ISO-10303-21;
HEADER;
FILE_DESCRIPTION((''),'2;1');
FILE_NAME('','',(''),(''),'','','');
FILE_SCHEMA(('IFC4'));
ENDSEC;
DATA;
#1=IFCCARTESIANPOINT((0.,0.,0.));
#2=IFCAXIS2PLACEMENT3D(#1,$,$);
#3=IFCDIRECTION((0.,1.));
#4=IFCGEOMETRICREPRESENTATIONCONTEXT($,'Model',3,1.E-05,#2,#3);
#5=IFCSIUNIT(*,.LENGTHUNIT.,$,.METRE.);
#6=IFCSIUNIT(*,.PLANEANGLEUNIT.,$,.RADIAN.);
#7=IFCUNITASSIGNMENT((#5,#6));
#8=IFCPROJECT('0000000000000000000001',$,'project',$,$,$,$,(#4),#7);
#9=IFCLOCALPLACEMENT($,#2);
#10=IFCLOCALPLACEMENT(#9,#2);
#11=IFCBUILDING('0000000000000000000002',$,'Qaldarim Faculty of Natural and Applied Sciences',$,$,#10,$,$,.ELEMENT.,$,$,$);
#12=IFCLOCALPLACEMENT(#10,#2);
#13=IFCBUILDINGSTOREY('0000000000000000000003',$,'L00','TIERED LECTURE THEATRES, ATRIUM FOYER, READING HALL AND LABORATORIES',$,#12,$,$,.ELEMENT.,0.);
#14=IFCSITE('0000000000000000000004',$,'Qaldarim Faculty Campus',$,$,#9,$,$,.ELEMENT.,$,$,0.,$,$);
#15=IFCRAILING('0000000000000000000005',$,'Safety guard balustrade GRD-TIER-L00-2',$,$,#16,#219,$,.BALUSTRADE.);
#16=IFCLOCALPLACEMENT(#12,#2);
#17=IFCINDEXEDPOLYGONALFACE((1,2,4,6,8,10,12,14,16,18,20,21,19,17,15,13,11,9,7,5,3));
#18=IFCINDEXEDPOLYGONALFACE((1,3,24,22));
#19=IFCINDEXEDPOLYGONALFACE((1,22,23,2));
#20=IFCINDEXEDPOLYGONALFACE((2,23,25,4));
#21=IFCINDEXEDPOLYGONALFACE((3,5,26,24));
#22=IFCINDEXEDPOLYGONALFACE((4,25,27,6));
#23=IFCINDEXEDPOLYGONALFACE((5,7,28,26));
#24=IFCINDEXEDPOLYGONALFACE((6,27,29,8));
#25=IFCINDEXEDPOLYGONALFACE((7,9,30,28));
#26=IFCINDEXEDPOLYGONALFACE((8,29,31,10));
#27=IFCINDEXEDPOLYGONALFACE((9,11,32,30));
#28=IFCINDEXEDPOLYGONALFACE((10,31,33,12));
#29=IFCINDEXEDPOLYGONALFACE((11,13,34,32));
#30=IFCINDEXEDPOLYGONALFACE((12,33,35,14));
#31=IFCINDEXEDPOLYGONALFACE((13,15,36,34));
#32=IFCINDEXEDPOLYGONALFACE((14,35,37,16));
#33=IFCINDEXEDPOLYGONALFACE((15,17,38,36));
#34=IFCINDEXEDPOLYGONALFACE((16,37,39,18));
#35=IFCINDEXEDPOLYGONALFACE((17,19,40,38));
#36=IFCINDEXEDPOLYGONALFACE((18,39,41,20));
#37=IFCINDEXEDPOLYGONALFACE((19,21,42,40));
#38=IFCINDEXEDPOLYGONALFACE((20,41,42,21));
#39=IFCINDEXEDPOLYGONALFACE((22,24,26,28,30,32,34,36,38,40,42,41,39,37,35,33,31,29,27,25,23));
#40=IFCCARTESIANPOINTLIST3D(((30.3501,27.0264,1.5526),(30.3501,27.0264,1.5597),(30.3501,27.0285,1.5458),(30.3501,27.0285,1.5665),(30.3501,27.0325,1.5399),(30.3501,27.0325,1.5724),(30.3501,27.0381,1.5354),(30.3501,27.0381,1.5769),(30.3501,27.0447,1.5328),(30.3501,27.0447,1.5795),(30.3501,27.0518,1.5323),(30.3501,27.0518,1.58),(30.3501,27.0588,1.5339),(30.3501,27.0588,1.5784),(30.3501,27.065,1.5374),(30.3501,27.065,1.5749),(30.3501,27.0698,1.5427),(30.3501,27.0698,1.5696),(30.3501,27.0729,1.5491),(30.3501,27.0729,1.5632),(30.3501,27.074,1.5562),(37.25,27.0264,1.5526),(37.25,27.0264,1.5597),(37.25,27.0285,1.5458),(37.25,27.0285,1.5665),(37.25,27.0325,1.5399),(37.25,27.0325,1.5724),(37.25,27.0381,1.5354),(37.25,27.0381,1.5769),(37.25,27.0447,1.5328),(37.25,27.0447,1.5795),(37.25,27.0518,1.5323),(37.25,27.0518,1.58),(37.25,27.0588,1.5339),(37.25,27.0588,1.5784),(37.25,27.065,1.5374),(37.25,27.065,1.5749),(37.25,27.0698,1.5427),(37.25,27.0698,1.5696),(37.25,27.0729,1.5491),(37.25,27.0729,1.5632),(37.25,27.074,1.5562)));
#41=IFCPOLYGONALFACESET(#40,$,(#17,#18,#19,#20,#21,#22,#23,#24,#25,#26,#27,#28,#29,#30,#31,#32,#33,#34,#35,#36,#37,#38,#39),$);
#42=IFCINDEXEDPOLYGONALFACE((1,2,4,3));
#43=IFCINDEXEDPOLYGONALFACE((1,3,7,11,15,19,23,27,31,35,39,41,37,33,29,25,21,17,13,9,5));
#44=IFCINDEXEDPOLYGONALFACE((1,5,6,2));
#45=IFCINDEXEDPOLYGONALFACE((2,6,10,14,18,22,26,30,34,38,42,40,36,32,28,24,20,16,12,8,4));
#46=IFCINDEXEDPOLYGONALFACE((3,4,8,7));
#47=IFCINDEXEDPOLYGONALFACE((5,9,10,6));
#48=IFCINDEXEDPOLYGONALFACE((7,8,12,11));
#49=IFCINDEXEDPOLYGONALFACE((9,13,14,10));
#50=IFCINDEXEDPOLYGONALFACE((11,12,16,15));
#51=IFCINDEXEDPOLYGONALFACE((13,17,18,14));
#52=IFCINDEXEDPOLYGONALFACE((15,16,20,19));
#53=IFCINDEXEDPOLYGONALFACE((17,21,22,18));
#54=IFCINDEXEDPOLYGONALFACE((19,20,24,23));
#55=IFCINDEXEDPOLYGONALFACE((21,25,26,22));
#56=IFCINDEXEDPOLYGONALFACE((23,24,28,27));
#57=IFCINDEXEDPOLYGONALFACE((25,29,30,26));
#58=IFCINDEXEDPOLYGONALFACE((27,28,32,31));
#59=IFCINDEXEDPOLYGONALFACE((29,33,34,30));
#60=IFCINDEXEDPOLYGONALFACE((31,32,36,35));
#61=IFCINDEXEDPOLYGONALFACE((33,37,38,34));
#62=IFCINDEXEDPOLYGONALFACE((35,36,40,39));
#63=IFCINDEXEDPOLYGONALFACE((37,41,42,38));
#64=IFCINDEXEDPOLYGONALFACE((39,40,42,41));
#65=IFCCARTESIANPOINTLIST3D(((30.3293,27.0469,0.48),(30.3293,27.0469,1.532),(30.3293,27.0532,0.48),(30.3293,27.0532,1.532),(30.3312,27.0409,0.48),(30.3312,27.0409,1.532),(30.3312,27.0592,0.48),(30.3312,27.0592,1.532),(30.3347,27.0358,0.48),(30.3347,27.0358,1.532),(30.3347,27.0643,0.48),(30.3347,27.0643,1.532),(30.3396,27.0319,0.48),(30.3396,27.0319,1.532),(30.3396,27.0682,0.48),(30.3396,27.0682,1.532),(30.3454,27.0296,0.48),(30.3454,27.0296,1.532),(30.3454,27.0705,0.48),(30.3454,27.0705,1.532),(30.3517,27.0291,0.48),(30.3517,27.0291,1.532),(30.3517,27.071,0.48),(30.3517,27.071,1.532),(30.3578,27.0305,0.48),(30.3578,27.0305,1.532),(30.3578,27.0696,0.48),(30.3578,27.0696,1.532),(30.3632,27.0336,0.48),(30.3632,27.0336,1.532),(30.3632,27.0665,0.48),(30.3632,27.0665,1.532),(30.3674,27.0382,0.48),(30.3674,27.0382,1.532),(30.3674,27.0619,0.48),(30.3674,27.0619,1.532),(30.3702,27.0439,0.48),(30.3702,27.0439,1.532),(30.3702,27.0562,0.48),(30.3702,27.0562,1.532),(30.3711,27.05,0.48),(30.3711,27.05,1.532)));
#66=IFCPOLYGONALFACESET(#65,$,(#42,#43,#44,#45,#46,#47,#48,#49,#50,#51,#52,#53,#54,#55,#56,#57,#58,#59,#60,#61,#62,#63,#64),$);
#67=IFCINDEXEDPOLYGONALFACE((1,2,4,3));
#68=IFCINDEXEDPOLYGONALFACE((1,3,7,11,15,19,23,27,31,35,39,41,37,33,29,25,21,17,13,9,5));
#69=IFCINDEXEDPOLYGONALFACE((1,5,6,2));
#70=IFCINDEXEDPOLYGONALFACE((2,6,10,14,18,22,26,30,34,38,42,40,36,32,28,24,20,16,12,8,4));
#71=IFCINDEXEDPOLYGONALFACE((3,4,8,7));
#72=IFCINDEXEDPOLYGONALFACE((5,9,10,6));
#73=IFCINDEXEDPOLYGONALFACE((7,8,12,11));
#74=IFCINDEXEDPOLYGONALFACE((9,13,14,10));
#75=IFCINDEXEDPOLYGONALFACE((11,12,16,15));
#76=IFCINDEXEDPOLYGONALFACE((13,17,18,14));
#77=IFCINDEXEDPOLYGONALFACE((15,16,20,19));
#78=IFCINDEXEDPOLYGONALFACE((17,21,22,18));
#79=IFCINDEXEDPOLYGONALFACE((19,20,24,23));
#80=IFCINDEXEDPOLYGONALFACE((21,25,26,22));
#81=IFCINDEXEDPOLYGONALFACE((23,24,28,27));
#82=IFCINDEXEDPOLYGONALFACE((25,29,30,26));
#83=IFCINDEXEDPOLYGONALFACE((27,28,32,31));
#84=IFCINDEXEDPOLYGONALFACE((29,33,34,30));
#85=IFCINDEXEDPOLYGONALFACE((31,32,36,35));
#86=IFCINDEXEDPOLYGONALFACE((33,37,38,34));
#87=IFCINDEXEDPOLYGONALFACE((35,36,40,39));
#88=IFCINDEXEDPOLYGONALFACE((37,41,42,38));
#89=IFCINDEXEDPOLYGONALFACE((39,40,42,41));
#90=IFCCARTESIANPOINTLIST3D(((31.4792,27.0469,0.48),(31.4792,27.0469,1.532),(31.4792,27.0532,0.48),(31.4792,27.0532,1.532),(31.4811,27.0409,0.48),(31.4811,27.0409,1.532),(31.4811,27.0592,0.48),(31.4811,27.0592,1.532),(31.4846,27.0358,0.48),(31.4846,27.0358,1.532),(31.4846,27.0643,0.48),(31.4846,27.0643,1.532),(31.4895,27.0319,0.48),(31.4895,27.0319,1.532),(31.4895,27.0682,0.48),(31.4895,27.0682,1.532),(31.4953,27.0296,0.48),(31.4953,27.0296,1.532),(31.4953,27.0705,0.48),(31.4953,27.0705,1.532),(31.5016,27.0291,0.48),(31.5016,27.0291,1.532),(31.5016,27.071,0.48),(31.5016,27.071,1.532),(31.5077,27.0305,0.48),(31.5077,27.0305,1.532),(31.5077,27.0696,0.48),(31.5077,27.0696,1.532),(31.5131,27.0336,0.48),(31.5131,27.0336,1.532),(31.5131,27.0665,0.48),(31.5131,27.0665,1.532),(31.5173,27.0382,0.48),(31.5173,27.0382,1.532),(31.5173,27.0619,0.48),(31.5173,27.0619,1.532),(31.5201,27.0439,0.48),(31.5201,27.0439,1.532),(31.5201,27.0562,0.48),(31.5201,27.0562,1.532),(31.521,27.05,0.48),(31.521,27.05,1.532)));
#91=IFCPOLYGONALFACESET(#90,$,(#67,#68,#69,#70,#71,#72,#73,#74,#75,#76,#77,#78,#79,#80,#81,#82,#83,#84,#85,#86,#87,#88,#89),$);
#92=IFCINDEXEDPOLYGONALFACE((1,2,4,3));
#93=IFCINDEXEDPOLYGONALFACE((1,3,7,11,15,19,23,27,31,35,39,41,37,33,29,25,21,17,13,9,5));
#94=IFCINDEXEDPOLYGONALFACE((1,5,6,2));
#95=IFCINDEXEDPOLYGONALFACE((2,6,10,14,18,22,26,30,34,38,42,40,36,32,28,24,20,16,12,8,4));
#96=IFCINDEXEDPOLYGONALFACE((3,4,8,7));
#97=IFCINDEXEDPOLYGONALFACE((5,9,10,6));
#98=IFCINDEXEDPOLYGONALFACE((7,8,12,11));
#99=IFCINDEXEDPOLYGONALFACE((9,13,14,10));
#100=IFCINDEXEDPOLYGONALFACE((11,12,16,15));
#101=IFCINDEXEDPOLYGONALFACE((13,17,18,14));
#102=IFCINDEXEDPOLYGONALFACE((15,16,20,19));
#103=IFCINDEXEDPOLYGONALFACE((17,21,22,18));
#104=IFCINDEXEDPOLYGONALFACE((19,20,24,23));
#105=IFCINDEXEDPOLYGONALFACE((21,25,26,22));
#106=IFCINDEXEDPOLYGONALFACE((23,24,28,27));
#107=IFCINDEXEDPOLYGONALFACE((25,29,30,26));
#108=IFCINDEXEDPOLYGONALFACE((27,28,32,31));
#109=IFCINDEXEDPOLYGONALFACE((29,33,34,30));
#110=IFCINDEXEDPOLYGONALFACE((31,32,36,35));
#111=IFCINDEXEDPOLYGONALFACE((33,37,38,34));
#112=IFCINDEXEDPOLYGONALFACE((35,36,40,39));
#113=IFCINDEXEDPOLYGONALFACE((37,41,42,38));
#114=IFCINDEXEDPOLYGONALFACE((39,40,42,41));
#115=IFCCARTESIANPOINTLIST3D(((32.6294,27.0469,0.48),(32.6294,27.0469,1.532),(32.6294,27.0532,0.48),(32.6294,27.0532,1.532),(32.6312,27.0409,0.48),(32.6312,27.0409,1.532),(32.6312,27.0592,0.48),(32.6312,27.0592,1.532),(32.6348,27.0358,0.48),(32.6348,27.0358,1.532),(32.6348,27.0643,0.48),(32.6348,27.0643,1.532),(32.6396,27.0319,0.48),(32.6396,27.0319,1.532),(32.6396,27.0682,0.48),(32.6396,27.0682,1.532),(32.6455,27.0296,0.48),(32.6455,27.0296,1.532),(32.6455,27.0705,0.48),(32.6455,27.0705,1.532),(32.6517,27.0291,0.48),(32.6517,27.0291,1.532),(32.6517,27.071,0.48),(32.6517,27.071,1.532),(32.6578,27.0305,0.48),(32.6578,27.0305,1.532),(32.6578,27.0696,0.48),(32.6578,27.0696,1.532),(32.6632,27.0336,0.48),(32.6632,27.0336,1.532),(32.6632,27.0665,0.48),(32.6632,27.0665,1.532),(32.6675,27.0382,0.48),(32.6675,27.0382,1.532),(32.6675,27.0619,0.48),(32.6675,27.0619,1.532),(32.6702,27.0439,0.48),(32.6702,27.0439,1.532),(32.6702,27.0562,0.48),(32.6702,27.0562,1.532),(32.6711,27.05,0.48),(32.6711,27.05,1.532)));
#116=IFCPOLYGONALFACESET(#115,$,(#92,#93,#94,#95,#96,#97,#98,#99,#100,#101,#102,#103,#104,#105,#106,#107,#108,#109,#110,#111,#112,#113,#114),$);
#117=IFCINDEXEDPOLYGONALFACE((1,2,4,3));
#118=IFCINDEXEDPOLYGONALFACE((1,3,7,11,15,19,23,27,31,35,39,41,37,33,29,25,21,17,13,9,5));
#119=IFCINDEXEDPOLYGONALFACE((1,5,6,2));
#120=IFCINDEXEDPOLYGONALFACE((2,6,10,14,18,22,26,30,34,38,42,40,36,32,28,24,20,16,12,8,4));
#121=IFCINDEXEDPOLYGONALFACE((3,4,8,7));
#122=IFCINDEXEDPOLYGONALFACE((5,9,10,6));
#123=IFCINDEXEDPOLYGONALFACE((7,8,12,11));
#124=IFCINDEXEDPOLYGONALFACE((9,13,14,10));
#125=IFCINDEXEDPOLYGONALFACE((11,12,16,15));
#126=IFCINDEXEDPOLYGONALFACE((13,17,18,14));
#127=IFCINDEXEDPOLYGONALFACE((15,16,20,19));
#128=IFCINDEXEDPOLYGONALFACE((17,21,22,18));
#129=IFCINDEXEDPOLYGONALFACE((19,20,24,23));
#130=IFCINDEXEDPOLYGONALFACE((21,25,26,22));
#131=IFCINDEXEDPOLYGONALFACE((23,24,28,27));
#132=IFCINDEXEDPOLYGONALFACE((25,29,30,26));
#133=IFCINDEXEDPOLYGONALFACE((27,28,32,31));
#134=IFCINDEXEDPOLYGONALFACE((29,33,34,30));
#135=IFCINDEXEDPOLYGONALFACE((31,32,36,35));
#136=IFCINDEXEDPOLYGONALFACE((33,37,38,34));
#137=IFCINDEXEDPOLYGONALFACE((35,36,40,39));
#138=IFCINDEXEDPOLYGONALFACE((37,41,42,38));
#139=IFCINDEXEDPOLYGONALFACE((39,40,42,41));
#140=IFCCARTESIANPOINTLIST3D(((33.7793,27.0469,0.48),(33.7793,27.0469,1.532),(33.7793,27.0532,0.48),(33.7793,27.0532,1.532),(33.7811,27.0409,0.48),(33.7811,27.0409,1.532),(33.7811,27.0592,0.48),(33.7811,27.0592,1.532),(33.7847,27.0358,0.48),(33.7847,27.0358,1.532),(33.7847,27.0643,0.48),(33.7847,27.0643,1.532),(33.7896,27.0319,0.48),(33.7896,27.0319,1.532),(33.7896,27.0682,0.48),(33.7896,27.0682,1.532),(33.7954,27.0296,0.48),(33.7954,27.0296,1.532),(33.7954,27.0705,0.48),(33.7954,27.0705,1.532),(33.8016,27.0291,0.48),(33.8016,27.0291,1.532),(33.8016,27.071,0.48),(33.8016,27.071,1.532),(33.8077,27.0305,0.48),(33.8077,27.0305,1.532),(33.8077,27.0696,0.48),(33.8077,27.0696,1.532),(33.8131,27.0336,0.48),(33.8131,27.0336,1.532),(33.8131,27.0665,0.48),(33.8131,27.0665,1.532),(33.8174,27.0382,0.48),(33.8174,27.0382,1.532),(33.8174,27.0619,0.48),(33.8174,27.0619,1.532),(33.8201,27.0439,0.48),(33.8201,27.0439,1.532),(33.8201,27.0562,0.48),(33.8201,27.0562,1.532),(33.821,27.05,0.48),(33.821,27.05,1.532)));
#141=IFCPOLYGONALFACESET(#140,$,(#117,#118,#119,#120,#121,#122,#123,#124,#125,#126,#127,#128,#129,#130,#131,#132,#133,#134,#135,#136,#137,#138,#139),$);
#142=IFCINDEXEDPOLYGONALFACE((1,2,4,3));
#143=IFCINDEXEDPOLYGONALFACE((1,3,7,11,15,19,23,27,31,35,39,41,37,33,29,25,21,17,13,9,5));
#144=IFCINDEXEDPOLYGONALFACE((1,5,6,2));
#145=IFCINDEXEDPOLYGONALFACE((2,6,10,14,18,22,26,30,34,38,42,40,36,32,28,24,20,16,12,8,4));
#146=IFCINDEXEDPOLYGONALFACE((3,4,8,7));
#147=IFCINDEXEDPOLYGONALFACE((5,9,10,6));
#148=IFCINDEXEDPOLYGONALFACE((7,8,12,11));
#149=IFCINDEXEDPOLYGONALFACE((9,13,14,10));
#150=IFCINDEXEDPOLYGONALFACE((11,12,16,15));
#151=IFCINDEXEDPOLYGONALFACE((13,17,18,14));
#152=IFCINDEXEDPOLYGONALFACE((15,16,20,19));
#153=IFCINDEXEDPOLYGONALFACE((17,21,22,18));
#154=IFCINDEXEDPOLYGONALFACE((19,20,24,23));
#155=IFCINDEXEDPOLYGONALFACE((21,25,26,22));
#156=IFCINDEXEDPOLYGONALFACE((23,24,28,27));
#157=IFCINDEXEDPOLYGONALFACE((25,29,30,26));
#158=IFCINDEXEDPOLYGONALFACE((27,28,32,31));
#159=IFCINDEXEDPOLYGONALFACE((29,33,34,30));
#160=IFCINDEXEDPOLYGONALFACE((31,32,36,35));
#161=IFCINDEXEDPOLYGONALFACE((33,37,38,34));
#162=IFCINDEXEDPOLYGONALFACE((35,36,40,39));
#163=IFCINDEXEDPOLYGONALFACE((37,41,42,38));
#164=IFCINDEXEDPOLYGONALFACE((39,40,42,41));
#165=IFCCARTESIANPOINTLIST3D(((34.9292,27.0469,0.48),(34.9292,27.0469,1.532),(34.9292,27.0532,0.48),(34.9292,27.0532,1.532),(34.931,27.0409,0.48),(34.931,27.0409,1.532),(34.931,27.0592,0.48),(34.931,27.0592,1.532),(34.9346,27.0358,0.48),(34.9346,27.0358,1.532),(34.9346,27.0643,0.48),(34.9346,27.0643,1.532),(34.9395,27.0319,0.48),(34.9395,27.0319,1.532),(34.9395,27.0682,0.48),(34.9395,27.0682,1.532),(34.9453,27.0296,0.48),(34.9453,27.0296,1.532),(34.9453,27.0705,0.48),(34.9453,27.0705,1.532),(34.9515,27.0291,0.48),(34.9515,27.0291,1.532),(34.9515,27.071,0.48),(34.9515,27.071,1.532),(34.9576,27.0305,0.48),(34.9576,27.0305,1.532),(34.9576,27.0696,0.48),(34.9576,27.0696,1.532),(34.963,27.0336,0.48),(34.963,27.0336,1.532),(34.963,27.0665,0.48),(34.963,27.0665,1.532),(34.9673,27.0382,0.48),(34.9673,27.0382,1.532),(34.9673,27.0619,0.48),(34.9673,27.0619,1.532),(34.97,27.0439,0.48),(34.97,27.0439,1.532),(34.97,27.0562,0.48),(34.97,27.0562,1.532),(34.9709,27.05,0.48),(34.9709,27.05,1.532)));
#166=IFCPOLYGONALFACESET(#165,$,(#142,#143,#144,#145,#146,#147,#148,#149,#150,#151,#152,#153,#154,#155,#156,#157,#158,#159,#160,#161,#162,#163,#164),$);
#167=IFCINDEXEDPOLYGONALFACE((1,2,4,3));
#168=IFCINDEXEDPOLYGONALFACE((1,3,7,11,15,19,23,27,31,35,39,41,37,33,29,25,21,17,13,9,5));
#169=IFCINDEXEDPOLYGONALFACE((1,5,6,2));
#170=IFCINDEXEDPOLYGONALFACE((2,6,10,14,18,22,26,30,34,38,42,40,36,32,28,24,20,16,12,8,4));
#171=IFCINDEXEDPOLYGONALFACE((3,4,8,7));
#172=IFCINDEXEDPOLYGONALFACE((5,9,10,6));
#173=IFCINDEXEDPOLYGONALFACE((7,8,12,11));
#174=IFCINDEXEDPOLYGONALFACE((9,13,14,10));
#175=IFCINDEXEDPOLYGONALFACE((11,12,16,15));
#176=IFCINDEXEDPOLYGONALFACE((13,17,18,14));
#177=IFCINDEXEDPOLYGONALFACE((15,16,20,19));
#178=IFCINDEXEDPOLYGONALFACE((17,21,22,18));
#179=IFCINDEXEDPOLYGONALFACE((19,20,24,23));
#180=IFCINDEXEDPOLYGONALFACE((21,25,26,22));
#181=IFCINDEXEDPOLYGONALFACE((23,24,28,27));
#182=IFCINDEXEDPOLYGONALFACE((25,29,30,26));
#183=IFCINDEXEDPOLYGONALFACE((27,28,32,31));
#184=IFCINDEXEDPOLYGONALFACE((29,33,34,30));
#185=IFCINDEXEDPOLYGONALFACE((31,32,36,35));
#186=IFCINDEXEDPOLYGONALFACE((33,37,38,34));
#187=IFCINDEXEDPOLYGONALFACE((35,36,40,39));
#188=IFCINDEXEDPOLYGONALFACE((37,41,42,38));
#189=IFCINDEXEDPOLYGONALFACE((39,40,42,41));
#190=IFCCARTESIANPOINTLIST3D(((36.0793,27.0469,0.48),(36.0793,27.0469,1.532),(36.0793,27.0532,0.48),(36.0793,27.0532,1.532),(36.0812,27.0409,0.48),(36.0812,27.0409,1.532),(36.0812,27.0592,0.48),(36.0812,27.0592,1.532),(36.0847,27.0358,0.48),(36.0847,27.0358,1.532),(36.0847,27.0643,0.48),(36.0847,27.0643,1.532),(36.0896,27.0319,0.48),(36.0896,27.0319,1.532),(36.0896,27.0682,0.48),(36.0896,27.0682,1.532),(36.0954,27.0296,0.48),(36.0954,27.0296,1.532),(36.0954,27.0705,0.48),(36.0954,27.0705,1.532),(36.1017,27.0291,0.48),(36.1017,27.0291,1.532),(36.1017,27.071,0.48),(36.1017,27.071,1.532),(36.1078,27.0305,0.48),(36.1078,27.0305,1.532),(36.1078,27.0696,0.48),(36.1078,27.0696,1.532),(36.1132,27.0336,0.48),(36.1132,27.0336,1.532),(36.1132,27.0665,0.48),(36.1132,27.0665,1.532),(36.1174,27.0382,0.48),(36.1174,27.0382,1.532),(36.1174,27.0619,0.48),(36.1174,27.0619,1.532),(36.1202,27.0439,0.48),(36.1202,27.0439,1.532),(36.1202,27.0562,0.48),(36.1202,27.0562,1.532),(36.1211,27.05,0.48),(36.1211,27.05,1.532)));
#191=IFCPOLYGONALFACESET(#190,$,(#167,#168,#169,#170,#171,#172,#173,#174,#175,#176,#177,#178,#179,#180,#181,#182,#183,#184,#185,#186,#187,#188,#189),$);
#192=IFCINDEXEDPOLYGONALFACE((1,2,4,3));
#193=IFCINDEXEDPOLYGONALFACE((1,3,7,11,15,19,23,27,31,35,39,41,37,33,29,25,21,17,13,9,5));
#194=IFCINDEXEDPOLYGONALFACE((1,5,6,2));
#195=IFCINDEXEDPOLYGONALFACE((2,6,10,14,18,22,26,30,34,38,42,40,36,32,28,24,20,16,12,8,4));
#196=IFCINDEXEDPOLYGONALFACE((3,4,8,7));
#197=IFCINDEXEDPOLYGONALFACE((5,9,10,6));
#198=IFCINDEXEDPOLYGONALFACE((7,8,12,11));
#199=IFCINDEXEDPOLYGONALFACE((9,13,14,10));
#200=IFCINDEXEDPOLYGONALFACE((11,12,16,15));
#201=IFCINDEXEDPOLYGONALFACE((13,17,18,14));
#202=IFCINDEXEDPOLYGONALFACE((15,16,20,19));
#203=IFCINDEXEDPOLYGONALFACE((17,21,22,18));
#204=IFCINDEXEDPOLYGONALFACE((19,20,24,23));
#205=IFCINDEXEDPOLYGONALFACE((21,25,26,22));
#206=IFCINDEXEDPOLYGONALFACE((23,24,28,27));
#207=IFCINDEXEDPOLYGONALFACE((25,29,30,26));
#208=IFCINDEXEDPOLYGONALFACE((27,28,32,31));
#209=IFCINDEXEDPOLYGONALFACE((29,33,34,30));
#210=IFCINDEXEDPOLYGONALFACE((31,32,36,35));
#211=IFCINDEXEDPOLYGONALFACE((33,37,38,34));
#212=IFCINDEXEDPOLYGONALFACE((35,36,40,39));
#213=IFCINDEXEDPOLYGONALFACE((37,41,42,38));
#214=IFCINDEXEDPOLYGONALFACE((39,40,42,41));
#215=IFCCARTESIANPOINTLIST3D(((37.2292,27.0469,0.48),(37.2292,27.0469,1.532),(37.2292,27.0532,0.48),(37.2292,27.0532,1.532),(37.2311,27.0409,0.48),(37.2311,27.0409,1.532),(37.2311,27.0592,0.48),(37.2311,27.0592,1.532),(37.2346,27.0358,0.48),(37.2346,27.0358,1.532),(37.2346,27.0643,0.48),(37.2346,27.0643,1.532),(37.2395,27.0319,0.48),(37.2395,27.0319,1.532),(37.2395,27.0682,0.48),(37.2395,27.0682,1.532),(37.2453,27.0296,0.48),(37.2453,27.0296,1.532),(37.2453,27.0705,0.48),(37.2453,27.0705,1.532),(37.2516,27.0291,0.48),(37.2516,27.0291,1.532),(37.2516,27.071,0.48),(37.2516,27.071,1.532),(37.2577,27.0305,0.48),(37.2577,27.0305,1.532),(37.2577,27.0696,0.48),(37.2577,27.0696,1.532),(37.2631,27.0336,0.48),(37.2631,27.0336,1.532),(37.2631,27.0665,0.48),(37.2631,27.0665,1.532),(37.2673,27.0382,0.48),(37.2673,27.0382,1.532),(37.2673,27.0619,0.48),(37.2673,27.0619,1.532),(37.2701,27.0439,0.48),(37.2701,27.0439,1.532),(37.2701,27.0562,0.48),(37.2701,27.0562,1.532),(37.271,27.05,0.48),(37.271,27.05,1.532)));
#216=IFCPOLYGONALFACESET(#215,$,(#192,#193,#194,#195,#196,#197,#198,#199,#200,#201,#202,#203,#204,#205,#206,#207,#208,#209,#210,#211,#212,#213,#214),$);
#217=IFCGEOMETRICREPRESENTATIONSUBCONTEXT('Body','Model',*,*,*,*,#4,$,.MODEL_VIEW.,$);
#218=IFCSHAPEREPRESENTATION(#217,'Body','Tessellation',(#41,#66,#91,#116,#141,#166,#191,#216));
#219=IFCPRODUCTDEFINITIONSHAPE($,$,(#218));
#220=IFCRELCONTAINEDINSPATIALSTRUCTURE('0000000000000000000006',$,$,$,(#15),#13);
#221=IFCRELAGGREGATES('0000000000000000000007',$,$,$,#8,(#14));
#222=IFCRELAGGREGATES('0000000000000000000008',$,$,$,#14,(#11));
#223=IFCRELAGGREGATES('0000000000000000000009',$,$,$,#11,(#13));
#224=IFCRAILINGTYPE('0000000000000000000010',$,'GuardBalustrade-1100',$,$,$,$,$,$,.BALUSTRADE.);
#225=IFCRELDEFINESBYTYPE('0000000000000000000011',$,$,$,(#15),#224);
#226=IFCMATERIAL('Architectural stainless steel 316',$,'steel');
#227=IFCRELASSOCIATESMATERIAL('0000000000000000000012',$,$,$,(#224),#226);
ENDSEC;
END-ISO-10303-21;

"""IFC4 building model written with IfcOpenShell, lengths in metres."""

from ifc_helpers import new_model, si_unit, direction, frame, origin, origin_2d, place, context, subcontext, project, spatial, circle, extrude, material, type_object, element, save


model = new_model("IFC4")

# Units and contexts
model_context = context("Model", 3, precision=1e-05, world=origin(), true_north=direction((0.0, 1.0)))
body_context = subcontext(model_context, "Body", "Model", "MODEL_VIEW")
ifc_project = project(units=[si_unit("LENGTHUNIT", "METRE"), si_unit("PLANEANGLEUNIT", "RADIAN")], contexts=[model_context])

# Site, building, storey
site_placement = place(None, origin())
site = spatial("IfcSite", under=ifc_project, at=site_placement, Name="Qaldarim Faculty Campus", CompositionType="ELEMENT", RefElevation=0.0)
building_placement = place(site_placement, origin())
building = spatial("IfcBuilding", under=site, at=building_placement, Name="Qaldarim Faculty of Natural and Applied Sciences", CompositionType="ELEMENT")
storey_placement = place(building_placement, origin())
storey = spatial("IfcBuildingStorey", under=building, at=storey_placement, Name="L00", Description="TIERED LECTURE THEATRES, ATRIUM FOYER, READING HALL AND LABORATORIES", CompositionType="ELEMENT", Elevation=0.0)

# Railing
ifc_material_1 = material(Name="Architectural stainless steel 316", Category="steel")
railing_type = type_object("IfcRailingType", Name="GuardBalustrade-1100", PredefinedType="BALUSTRADE", material=ifc_material_1)
railing_1_placement = place(storey_placement, frame((30.3501, 27.05, 0.48)))
element("IfcRailing", 1, at=railing_1_placement, inside=storey, type_object=railing_type, Name="Safety guard balustrade GRD-TIER-L00-2", PredefinedType="BALUSTRADE", context=body_context, shape_type="SweptSolid", body=[
    extrude(circle(Radius=0.0239, at=origin_2d()), frame((0.0, 0.0, 1.0762), z_axis=(1.0, 0.0, 0.0), x_axis=(0.0, 1.0, 0.0)), (0.0, 0.0, 1.0), 6.8999),
    extrude(circle(Radius=0.021, at=origin_2d()), origin(), (0.0, 0.0, 1.0), 1.052),
    extrude(circle(Radius=0.021, at=origin_2d()), frame((1.1499, 0.0, 0.0)), (0.0, 0.0, 1.0), 1.052),
    extrude(circle(Radius=0.021, at=origin_2d()), frame((2.3, 0.0, 0.0)), (0.0, 0.0, 1.0), 1.052),
    extrude(circle(Radius=0.021, at=origin_2d()), frame((3.45, 0.0, 0.0)), (0.0, 0.0, 1.0), 1.052),
    extrude(circle(Radius=0.021, at=origin_2d()), frame((4.5999, 0.0, 0.0)), (0.0, 0.0, 1.0), 1.052),
    extrude(circle(Radius=0.021, at=origin_2d()), frame((5.75, 0.0, 0.0)), (0.0, 0.0, 1.0), 1.052),
    extrude(circle(Radius=0.021, at=origin_2d()), frame((6.8999, 0.0, 0.0)), (0.0, 0.0, 1.0), 1.052),
])

save(model, "model.ifc")
